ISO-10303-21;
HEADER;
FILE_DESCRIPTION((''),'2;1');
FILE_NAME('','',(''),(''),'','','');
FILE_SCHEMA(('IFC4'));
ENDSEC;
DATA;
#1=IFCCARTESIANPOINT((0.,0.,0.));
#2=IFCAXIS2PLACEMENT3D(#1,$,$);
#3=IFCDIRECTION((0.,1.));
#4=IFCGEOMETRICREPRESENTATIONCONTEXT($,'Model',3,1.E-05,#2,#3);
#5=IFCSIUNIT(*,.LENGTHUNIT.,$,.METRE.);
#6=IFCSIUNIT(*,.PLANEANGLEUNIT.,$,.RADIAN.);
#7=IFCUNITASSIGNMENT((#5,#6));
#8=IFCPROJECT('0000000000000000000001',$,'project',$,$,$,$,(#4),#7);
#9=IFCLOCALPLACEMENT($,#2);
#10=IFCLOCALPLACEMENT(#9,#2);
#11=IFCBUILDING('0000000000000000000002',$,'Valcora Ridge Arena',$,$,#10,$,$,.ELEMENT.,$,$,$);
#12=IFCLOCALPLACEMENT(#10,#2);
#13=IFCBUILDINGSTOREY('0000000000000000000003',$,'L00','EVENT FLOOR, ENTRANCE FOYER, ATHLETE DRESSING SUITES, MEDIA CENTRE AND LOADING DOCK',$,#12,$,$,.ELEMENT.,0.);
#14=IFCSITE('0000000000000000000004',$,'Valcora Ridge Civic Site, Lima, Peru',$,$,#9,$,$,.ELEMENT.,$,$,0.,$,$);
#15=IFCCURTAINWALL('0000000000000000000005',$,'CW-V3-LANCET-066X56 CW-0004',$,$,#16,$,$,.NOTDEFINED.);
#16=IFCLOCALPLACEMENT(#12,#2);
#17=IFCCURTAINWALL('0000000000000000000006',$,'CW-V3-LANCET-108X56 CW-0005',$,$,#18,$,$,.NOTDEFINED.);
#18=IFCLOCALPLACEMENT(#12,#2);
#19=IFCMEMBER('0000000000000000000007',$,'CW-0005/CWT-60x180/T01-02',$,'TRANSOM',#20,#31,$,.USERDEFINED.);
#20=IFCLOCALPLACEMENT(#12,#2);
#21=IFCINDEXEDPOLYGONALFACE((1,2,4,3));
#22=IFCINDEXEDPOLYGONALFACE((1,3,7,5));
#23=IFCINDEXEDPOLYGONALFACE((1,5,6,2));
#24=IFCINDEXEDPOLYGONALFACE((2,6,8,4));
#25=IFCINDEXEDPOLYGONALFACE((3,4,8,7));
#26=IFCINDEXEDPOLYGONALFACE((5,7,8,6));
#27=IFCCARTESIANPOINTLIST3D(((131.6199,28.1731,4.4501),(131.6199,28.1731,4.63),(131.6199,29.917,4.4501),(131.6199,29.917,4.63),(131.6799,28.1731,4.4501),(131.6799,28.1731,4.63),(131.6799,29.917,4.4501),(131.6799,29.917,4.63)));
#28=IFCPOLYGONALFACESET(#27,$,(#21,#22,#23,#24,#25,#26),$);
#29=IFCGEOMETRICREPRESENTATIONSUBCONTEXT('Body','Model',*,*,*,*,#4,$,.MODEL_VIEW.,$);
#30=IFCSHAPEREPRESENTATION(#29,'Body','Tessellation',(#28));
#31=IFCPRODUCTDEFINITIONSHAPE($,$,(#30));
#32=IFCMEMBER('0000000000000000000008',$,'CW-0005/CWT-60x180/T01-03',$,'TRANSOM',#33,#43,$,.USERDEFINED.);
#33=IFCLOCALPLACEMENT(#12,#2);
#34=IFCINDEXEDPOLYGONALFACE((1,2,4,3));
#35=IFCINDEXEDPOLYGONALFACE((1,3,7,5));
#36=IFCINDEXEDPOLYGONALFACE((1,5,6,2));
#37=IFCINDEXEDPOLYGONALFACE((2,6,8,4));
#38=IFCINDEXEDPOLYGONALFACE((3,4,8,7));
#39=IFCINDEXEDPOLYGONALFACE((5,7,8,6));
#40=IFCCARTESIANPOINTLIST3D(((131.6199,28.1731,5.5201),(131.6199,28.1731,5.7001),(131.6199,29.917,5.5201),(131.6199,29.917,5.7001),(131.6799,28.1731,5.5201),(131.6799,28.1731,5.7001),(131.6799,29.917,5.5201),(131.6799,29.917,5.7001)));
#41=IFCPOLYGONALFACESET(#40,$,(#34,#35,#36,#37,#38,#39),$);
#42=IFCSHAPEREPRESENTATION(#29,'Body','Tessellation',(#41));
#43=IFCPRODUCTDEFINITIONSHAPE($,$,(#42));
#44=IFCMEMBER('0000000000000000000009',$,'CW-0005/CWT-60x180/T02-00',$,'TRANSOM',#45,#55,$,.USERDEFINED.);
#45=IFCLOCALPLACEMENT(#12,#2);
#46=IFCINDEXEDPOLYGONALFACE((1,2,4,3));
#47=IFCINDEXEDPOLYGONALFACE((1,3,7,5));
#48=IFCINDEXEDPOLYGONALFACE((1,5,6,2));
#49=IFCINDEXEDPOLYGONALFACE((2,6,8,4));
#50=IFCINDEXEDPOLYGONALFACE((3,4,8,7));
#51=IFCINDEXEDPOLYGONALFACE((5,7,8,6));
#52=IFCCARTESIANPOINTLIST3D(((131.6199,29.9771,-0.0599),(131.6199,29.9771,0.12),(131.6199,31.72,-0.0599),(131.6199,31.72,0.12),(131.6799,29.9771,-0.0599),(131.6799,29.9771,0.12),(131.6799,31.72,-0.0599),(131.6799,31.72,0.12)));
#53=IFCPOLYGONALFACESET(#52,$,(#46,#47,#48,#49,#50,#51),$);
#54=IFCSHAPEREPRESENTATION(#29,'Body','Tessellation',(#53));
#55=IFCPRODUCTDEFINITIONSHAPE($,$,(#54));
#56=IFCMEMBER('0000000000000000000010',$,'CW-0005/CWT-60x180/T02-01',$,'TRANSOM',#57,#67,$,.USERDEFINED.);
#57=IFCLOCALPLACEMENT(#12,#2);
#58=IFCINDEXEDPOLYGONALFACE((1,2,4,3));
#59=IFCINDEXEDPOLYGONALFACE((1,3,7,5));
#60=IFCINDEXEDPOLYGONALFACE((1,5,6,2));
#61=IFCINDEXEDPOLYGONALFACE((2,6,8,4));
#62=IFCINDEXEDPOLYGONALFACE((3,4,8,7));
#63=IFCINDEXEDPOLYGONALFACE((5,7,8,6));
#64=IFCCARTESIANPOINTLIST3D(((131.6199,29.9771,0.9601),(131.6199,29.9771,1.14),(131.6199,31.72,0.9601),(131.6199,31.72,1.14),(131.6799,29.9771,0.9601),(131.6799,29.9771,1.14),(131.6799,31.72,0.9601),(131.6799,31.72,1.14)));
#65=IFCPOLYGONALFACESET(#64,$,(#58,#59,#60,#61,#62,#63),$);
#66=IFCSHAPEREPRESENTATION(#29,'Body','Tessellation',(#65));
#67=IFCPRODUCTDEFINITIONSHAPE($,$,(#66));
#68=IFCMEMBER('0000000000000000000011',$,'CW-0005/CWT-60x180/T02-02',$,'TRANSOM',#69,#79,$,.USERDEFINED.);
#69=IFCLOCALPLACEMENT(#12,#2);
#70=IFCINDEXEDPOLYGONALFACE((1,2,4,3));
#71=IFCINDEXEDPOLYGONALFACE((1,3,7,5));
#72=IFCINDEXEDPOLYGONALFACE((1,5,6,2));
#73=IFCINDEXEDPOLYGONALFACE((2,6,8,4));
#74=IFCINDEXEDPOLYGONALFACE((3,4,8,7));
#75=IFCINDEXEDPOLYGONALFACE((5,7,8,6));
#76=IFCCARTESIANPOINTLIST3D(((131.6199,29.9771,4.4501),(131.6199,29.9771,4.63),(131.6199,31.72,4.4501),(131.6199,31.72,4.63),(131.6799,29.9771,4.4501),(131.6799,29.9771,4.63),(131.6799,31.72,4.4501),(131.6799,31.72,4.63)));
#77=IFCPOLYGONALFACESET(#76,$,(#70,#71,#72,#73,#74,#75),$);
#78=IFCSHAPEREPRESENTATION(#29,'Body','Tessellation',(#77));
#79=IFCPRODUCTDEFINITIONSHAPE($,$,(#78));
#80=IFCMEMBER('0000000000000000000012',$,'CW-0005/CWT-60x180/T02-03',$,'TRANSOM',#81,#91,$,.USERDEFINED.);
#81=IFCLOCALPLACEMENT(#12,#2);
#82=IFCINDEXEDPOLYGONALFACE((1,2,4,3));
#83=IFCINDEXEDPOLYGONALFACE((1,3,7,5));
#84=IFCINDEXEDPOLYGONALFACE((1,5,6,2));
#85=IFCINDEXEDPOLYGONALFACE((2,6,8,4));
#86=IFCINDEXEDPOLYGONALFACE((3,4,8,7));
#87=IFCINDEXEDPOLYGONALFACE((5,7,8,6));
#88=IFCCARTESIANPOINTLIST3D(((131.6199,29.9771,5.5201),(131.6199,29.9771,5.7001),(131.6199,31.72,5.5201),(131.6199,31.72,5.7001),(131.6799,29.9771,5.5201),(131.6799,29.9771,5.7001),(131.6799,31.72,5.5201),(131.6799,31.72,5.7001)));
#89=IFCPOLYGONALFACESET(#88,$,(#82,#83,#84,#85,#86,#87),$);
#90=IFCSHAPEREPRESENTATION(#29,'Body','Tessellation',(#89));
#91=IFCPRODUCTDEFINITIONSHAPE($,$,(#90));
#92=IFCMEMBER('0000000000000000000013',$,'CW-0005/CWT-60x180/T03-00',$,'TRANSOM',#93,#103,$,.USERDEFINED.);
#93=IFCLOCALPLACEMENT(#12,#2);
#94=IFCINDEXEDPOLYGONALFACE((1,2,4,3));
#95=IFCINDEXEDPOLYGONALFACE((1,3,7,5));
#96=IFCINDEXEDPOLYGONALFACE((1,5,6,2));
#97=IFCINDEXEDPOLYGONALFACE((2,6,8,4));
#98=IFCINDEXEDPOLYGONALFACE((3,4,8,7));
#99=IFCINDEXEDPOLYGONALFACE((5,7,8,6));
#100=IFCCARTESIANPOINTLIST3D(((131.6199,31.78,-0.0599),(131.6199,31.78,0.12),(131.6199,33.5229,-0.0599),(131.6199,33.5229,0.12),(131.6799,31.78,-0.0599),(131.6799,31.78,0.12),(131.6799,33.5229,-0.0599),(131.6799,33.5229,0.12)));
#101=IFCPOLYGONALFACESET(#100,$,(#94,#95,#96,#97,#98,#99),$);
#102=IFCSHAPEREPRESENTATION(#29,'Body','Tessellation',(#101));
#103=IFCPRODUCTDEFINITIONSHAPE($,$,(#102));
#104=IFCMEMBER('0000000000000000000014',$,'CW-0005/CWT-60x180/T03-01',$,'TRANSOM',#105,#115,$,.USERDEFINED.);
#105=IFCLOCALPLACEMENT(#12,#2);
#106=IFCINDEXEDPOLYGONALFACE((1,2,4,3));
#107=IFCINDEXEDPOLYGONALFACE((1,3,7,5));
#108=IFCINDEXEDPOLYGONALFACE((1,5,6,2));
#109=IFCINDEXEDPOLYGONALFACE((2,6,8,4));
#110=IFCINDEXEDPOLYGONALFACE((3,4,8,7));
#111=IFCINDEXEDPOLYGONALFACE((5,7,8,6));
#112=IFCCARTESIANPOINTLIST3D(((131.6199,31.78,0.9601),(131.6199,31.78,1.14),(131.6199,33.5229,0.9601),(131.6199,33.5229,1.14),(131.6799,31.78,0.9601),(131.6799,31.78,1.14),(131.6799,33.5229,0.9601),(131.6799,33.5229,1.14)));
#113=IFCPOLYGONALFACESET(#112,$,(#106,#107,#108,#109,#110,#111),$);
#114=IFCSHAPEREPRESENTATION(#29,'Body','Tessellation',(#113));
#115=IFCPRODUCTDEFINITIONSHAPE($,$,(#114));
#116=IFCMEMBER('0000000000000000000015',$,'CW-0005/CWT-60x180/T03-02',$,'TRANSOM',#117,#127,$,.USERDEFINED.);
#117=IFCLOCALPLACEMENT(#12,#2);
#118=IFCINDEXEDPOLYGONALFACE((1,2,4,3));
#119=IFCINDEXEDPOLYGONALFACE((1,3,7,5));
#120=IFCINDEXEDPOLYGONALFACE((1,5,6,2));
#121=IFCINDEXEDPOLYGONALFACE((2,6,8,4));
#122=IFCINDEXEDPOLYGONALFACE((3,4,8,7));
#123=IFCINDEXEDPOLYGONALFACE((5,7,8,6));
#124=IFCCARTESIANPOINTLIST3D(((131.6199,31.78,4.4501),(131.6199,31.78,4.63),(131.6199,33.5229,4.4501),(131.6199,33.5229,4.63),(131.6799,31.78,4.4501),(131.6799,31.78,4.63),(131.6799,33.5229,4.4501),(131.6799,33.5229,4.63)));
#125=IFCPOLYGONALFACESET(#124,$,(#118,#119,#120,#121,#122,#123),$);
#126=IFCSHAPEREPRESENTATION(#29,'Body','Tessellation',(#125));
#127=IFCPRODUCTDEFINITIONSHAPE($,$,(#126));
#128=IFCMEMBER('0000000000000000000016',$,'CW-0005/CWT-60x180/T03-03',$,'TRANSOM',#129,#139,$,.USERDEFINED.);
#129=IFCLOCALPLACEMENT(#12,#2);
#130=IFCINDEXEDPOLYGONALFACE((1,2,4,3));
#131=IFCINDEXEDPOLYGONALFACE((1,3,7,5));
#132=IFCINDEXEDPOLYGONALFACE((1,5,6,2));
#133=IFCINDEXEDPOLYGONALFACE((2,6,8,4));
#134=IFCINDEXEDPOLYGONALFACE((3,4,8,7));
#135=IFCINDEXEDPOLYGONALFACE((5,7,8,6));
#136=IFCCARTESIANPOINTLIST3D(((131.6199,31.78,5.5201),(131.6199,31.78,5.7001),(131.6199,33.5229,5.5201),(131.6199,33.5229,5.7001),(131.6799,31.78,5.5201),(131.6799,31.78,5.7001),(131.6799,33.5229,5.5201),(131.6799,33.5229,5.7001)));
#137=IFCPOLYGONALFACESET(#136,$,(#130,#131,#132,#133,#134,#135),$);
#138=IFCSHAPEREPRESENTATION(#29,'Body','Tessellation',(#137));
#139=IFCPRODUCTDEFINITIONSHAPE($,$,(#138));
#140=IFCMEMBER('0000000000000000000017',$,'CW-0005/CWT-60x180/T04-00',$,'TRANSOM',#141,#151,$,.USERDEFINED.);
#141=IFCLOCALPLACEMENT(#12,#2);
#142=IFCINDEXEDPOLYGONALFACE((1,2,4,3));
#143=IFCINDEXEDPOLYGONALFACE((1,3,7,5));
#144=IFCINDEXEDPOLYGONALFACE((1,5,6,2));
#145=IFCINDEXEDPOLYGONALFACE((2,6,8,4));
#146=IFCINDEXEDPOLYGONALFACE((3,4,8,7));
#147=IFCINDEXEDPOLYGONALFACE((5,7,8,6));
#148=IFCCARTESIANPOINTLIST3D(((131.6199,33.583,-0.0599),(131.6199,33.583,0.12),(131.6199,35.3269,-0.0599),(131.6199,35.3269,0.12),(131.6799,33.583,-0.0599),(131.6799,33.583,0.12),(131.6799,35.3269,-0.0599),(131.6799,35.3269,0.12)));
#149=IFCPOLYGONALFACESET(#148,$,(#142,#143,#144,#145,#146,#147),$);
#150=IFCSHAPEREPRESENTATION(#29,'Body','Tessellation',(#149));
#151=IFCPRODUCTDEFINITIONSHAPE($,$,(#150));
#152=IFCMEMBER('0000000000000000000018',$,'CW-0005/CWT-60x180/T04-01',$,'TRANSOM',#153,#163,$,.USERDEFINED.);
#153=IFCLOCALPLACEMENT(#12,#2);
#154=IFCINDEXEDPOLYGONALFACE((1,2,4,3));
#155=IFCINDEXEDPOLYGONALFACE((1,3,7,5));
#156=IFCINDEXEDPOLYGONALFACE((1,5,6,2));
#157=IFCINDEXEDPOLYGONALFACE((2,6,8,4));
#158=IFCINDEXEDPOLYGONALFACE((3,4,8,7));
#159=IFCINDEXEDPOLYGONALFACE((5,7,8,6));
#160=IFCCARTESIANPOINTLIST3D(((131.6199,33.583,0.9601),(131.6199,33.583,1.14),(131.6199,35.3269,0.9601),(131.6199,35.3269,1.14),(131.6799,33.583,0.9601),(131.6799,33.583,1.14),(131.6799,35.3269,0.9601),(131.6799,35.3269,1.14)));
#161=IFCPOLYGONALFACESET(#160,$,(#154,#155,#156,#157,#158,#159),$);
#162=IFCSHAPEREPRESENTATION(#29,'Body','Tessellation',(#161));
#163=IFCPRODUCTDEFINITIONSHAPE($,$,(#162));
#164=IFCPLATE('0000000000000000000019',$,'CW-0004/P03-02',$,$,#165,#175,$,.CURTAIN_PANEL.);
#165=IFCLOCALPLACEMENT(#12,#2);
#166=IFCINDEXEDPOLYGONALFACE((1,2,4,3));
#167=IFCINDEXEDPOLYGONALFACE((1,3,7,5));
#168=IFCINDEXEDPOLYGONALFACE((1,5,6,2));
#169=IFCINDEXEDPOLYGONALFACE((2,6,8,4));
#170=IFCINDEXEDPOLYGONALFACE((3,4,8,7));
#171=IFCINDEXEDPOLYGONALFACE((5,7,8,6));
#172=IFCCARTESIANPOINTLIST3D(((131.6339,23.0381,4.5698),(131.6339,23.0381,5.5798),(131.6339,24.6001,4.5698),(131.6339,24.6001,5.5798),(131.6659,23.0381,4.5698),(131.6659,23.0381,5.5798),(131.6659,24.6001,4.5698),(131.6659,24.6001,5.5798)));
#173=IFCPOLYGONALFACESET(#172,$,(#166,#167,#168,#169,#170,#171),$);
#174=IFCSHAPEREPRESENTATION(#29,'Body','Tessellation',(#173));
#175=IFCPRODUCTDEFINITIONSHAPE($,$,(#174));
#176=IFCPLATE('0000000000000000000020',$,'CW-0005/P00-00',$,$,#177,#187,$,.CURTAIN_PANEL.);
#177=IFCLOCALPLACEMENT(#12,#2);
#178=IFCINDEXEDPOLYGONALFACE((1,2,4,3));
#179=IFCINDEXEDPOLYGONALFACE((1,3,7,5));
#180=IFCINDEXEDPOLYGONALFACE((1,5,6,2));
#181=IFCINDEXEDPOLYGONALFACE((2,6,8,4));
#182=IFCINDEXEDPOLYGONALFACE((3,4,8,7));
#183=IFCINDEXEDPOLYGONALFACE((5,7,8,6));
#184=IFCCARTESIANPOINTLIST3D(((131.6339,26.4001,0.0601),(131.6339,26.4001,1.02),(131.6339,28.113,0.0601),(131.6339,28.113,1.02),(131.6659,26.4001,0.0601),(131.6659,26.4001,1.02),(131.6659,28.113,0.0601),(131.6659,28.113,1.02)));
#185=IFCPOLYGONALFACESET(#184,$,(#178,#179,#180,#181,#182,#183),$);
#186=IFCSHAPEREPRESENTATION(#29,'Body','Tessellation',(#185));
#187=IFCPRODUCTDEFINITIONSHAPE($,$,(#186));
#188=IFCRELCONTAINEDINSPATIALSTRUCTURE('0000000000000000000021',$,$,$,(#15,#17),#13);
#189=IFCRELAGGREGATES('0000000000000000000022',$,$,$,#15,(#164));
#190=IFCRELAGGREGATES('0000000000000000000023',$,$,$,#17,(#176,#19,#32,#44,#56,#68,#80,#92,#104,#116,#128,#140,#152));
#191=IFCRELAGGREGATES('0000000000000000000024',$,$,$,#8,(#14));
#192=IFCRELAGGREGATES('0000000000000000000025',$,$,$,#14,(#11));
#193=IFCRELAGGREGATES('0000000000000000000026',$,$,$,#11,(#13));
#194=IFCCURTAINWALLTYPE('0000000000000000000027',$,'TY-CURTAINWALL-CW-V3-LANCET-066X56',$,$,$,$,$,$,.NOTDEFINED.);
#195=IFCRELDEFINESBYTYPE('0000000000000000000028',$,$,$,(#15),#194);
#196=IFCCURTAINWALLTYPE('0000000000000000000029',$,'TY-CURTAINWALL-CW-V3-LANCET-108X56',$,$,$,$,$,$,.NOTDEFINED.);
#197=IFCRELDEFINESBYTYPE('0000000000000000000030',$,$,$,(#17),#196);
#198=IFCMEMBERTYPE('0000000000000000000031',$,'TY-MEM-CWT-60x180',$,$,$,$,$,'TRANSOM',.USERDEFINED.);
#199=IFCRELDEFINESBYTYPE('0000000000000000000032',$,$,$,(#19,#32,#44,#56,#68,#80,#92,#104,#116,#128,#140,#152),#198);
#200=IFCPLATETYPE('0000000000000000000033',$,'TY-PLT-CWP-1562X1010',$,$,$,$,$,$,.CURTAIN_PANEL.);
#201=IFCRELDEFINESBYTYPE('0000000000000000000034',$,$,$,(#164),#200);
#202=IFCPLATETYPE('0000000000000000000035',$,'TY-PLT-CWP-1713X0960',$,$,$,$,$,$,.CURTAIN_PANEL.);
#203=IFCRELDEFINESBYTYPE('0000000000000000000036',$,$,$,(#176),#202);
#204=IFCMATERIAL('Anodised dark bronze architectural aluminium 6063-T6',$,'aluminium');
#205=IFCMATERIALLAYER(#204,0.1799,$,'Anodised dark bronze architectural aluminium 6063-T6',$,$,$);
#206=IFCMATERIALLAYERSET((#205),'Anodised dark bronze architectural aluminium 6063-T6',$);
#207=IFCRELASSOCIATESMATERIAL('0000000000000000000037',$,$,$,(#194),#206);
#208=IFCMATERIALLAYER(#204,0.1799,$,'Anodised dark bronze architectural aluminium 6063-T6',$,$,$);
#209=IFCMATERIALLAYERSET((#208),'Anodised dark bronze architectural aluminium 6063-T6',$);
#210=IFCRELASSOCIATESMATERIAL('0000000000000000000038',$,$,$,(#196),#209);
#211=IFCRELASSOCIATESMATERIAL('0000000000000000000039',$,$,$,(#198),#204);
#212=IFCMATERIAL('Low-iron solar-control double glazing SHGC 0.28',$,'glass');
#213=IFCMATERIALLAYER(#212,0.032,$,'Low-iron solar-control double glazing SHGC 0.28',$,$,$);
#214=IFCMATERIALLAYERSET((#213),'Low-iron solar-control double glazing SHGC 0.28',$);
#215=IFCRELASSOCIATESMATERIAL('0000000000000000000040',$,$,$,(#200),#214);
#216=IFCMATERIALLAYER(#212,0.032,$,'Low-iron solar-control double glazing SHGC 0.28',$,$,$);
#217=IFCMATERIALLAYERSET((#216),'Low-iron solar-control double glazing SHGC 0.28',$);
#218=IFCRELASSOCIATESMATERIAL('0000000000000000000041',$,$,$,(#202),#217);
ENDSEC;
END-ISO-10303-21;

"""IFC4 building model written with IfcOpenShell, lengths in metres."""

from ifc_helpers import new_model, si_unit, direction, frame, origin, origin_2d, place, context, subcontext, project, spatial, rectangle, extrude, material, layer, layer_set, material_profile, profile_set, type_object, element, aggregate, save


model = new_model("IFC4")

# Units and contexts
model_context = context("Model", 3, precision=1e-05, world=origin(), true_north=direction((0.0, 1.0)))
body_context = subcontext(model_context, "Body", "Model", "MODEL_VIEW")
ifc_project = project(units=[si_unit("LENGTHUNIT", "METRE"), si_unit("PLANEANGLEUNIT", "RADIAN")], contexts=[model_context])

# Site, building, storey
site_placement = place(None, origin())
site = spatial("IfcSite", under=ifc_project, at=site_placement, Name="Valcora Ridge Civic Site, Lima, Peru", CompositionType="ELEMENT", RefElevation=0.0)
building_placement = place(site_placement, origin())
building = spatial("IfcBuilding", under=site, at=building_placement, Name="Valcora Ridge Arena", CompositionType="ELEMENT")
storey_placement = place(building_placement, origin())
storey = spatial("IfcBuildingStorey", under=building, at=storey_placement, Name="L00", Description="EVENT FLOOR, ENTRANCE FOYER, ATHLETE DRESSING SUITES, MEDIA CENTRE AND LOADING DOCK", CompositionType="ELEMENT", Elevation=0.0)

# Curtain wall
ifc_material_1 = material(Name="Anodised dark bronze architectural aluminium 6063-T6", Category="aluminium")
ifc_layer_1 = layer(ifc_material_1, 0.1799, Name="Anodised dark bronze architectural aluminium 6063-T6")
ifc_layer_set_1 = layer_set([ifc_layer_1], Name="Anodised dark bronze architectural aluminium 6063-T6")
curtain_wall_type_1 = type_object("IfcCurtainWallType", Name="TY-CURTAINWALL-CW-V3-LANCET-066X56", PredefinedType="NOTDEFINED", material=ifc_layer_set_1)
curtain_wall_1_placement = place(storey_placement, origin())
curtain_wall_1 = element("IfcCurtainWall", 1, at=curtain_wall_1_placement, inside=storey, type_object=curtain_wall_type_1, Name="CW-V3-LANCET-066X56 CW-0004", PredefinedType="NOTDEFINED")

# Curtain wall, members
ifc_layer_2 = layer(ifc_material_1, 0.1799, Name="Anodised dark bronze architectural aluminium 6063-T6")
ifc_layer_set_2 = layer_set([ifc_layer_2], Name="Anodised dark bronze architectural aluminium 6063-T6")
curtain_wall_type_2 = type_object("IfcCurtainWallType", Name="TY-CURTAINWALL-CW-V3-LANCET-108X56", PredefinedType="NOTDEFINED", material=ifc_layer_set_2)
curtain_wall_2_placement = place(storey_placement, origin())
curtain_wall_2 = element("IfcCurtainWall", 2, at=curtain_wall_2_placement, inside=storey, type_object=curtain_wall_type_2, Name="CW-V3-LANCET-108X56 CW-0005", PredefinedType="NOTDEFINED")
ifc_material_profile_1 = material_profile(ifc_material_1, rectangle(XDim=0.0601, YDim=0.1799, at=origin_2d()), Name="ALU TRANSOM 60x180")
ifc_profile_set_1 = profile_set([ifc_material_profile_1], Name="Anodised dark bronze architectural aluminium 6063-T6")
member_type_1 = type_object("IfcMemberType", Name="TY-MEM-CWT-60x180", ElementType="TRANSOM", PredefinedType="USERDEFINED", material=ifc_profile_set_1)
member_1_placement = place(storey_placement, frame((131.6499, 28.1731, 4.54), z_axis=(0.0, 1.0, 0.0), x_axis=(-1.0, 0.0, 0.0)))
member_1 = element("IfcMember", 3, at=member_1_placement, type_object=member_type_1, Name="CW-0005/CWT-60x180/T01-02", ObjectType="TRANSOM", PredefinedType="USERDEFINED", context=body_context, shape_type="SweptSolid", body=[
    extrude(rectangle(XDim=0.0601, YDim=0.1799, at=origin_2d()), origin(), (0.0, 0.0, 1.0), 1.7439),
])
member_2_placement = place(storey_placement, frame((131.6499, 28.1731, 5.6101), z_axis=(0.0, 1.0, 0.0), x_axis=(-1.0, 0.0, 0.0)))
member_2 = element("IfcMember", 4, at=member_2_placement, type_object=member_type_1, Name="CW-0005/CWT-60x180/T01-03", ObjectType="TRANSOM", PredefinedType="USERDEFINED", context=body_context, shape_type="SweptSolid", body=[
    extrude(rectangle(XDim=0.0601, YDim=0.1799, at=origin_2d()), origin(), (0.0, 0.0, 1.0), 1.7439),
])
member_3_placement = place(storey_placement, frame((131.6499, 29.9771, 0.03), z_axis=(0.0, 1.0, 0.0), x_axis=(-1.0, 0.0, 0.0)))
member_3 = element("IfcMember", 5, at=member_3_placement, type_object=member_type_1, Name="CW-0005/CWT-60x180/T02-00", ObjectType="TRANSOM", PredefinedType="USERDEFINED", context=body_context, shape_type="SweptSolid", body=[
    extrude(rectangle(XDim=0.0601, YDim=0.1799, at=origin_2d()), origin(), (0.0, 0.0, 1.0), 1.7429),
])
member_4_placement = place(storey_placement, frame((131.6499, 29.9771, 1.05), z_axis=(0.0, 1.0, 0.0), x_axis=(-1.0, 0.0, 0.0)))
member_4 = element("IfcMember", 6, at=member_4_placement, type_object=member_type_1, Name="CW-0005/CWT-60x180/T02-01", ObjectType="TRANSOM", PredefinedType="USERDEFINED", context=body_context, shape_type="SweptSolid", body=[
    extrude(rectangle(XDim=0.0601, YDim=0.1799, at=origin_2d()), origin(), (0.0, 0.0, 1.0), 1.7429),
])
member_5_placement = place(storey_placement, frame((131.6499, 29.9771, 4.54), z_axis=(0.0, 1.0, 0.0), x_axis=(-1.0, 0.0, 0.0)))
member_5 = element("IfcMember", 7, at=member_5_placement, type_object=member_type_1, Name="CW-0005/CWT-60x180/T02-02", ObjectType="TRANSOM", PredefinedType="USERDEFINED", context=body_context, shape_type="SweptSolid", body=[
    extrude(rectangle(XDim=0.0601, YDim=0.1799, at=origin_2d()), origin(), (0.0, 0.0, 1.0), 1.7429),
])
member_6_placement = place(storey_placement, frame((131.6499, 29.9771, 5.6101), z_axis=(0.0, 1.0, 0.0), x_axis=(-1.0, 0.0, 0.0)))
member_6 = element("IfcMember", 8, at=member_6_placement, type_object=member_type_1, Name="CW-0005/CWT-60x180/T02-03", ObjectType="TRANSOM", PredefinedType="USERDEFINED", context=body_context, shape_type="SweptSolid", body=[
    extrude(rectangle(XDim=0.0601, YDim=0.1799, at=origin_2d()), origin(), (0.0, 0.0, 1.0), 1.7429),
])
member_7_placement = place(storey_placement, frame((131.6499, 31.78, 0.03), z_axis=(0.0, 1.0, 0.0), x_axis=(-1.0, 0.0, 0.0)))
member_7 = element("IfcMember", 9, at=member_7_placement, type_object=member_type_1, Name="CW-0005/CWT-60x180/T03-00", ObjectType="TRANSOM", PredefinedType="USERDEFINED", context=body_context, shape_type="SweptSolid", body=[
    extrude(rectangle(XDim=0.0601, YDim=0.1799, at=origin_2d()), origin(), (0.0, 0.0, 1.0), 1.7429),
])
member_8_placement = place(storey_placement, frame((131.6499, 31.78, 1.05), z_axis=(0.0, 1.0, 0.0), x_axis=(-1.0, 0.0, 0.0)))
member_8 = element("IfcMember", 10, at=member_8_placement, type_object=member_type_1, Name="CW-0005/CWT-60x180/T03-01", ObjectType="TRANSOM", PredefinedType="USERDEFINED", context=body_context, shape_type="SweptSolid", body=[
    extrude(rectangle(XDim=0.0601, YDim=0.1799, at=origin_2d()), origin(), (0.0, 0.0, 1.0), 1.7429),
])
member_9_placement = place(storey_placement, frame((131.6499, 31.78, 4.54), z_axis=(0.0, 1.0, 0.0), x_axis=(-1.0, 0.0, 0.0)))
member_9 = element("IfcMember", 11, at=member_9_placement, type_object=member_type_1, Name="CW-0005/CWT-60x180/T03-02", ObjectType="TRANSOM", PredefinedType="USERDEFINED", context=body_context, shape_type="SweptSolid", body=[
    extrude(rectangle(XDim=0.0601, YDim=0.1799, at=origin_2d()), origin(), (0.0, 0.0, 1.0), 1.7429),
])
member_10_placement = place(storey_placement, frame((131.6499, 31.78, 5.6101), z_axis=(0.0, 1.0, 0.0), x_axis=(-1.0, 0.0, 0.0)))
member_10 = element("IfcMember", 12, at=member_10_placement, type_object=member_type_1, Name="CW-0005/CWT-60x180/T03-03", ObjectType="TRANSOM", PredefinedType="USERDEFINED", context=body_context, shape_type="SweptSolid", body=[
    extrude(rectangle(XDim=0.0601, YDim=0.1799, at=origin_2d()), origin(), (0.0, 0.0, 1.0), 1.7429),
])
member_11_placement = place(storey_placement, frame((131.6499, 33.583, 0.03), z_axis=(0.0, 1.0, 0.0), x_axis=(-1.0, 0.0, 0.0)))
member_11 = element("IfcMember", 13, at=member_11_placement, type_object=member_type_1, Name="CW-0005/CWT-60x180/T04-00", ObjectType="TRANSOM", PredefinedType="USERDEFINED", context=body_context, shape_type="SweptSolid", body=[
    extrude(rectangle(XDim=0.0601, YDim=0.1799, at=origin_2d()), origin(), (0.0, 0.0, 1.0), 1.7439),
])
member_12_placement = place(storey_placement, frame((131.6499, 33.583, 1.05), z_axis=(0.0, 1.0, 0.0), x_axis=(-1.0, 0.0, 0.0)))
member_12 = element("IfcMember", 14, at=member_12_placement, type_object=member_type_1, Name="CW-0005/CWT-60x180/T04-01", ObjectType="TRANSOM", PredefinedType="USERDEFINED", context=body_context, shape_type="SweptSolid", body=[
    extrude(rectangle(XDim=0.0601, YDim=0.1799, at=origin_2d()), origin(), (0.0, 0.0, 1.0), 1.7439),
])

# Plates
ifc_material_2 = material(Name="Low-iron solar-control double glazing SHGC 0.28", Category="glass")
ifc_layer_3 = layer(ifc_material_2, 0.032, Name="Low-iron solar-control double glazing SHGC 0.28")
ifc_layer_set_3 = layer_set([ifc_layer_3], Name="Low-iron solar-control double glazing SHGC 0.28")
plate_type_1 = type_object("IfcPlateType", Name="TY-PLT-CWP-1562X1010", PredefinedType="CURTAIN_PANEL", material=ifc_layer_set_3)
plate_1_placement = place(storey_placement, frame((131.6499, 23.8191, 4.5698), z_axis=(0.0, 0.0, 1.0), x_axis=(0.0, 1.0, 0.0)))
plate_1 = element("IfcPlate", 15, at=plate_1_placement, type_object=plate_type_1, Name="CW-0004/P03-02", PredefinedType="CURTAIN_PANEL", context=body_context, shape_type="SweptSolid", body=[
    extrude(rectangle(XDim=1.562, YDim=0.032, at=origin_2d()), origin(), (0.0, 0.0, 1.0), 1.01),
])
aggregate(curtain_wall_1, [plate_1])
ifc_layer_4 = layer(ifc_material_2, 0.032, Name="Low-iron solar-control double glazing SHGC 0.28")
ifc_layer_set_4 = layer_set([ifc_layer_4], Name="Low-iron solar-control double glazing SHGC 0.28")
plate_type_2 = type_object("IfcPlateType", Name="TY-PLT-CWP-1713X0960", PredefinedType="CURTAIN_PANEL", material=ifc_layer_set_4)
plate_2_placement = place(storey_placement, frame((131.6499, 27.2566, 0.0601), z_axis=(0.0, 0.0, 1.0), x_axis=(0.0, 1.0, 0.0)))
plate_2 = element("IfcPlate", 16, at=plate_2_placement, type_object=plate_type_2, Name="CW-0005/P00-00", PredefinedType="CURTAIN_PANEL", context=body_context, shape_type="SweptSolid", body=[
    extrude(rectangle(XDim=1.7129, YDim=0.032, at=origin_2d()), origin(), (0.0, 0.0, 1.0), 0.96),
])
aggregate(curtain_wall_2, [plate_2, member_1, member_2, member_3, member_4, member_5, member_6, member_7, member_8, member_9, member_10, member_11, member_12])

save(model, "model.ifc")
